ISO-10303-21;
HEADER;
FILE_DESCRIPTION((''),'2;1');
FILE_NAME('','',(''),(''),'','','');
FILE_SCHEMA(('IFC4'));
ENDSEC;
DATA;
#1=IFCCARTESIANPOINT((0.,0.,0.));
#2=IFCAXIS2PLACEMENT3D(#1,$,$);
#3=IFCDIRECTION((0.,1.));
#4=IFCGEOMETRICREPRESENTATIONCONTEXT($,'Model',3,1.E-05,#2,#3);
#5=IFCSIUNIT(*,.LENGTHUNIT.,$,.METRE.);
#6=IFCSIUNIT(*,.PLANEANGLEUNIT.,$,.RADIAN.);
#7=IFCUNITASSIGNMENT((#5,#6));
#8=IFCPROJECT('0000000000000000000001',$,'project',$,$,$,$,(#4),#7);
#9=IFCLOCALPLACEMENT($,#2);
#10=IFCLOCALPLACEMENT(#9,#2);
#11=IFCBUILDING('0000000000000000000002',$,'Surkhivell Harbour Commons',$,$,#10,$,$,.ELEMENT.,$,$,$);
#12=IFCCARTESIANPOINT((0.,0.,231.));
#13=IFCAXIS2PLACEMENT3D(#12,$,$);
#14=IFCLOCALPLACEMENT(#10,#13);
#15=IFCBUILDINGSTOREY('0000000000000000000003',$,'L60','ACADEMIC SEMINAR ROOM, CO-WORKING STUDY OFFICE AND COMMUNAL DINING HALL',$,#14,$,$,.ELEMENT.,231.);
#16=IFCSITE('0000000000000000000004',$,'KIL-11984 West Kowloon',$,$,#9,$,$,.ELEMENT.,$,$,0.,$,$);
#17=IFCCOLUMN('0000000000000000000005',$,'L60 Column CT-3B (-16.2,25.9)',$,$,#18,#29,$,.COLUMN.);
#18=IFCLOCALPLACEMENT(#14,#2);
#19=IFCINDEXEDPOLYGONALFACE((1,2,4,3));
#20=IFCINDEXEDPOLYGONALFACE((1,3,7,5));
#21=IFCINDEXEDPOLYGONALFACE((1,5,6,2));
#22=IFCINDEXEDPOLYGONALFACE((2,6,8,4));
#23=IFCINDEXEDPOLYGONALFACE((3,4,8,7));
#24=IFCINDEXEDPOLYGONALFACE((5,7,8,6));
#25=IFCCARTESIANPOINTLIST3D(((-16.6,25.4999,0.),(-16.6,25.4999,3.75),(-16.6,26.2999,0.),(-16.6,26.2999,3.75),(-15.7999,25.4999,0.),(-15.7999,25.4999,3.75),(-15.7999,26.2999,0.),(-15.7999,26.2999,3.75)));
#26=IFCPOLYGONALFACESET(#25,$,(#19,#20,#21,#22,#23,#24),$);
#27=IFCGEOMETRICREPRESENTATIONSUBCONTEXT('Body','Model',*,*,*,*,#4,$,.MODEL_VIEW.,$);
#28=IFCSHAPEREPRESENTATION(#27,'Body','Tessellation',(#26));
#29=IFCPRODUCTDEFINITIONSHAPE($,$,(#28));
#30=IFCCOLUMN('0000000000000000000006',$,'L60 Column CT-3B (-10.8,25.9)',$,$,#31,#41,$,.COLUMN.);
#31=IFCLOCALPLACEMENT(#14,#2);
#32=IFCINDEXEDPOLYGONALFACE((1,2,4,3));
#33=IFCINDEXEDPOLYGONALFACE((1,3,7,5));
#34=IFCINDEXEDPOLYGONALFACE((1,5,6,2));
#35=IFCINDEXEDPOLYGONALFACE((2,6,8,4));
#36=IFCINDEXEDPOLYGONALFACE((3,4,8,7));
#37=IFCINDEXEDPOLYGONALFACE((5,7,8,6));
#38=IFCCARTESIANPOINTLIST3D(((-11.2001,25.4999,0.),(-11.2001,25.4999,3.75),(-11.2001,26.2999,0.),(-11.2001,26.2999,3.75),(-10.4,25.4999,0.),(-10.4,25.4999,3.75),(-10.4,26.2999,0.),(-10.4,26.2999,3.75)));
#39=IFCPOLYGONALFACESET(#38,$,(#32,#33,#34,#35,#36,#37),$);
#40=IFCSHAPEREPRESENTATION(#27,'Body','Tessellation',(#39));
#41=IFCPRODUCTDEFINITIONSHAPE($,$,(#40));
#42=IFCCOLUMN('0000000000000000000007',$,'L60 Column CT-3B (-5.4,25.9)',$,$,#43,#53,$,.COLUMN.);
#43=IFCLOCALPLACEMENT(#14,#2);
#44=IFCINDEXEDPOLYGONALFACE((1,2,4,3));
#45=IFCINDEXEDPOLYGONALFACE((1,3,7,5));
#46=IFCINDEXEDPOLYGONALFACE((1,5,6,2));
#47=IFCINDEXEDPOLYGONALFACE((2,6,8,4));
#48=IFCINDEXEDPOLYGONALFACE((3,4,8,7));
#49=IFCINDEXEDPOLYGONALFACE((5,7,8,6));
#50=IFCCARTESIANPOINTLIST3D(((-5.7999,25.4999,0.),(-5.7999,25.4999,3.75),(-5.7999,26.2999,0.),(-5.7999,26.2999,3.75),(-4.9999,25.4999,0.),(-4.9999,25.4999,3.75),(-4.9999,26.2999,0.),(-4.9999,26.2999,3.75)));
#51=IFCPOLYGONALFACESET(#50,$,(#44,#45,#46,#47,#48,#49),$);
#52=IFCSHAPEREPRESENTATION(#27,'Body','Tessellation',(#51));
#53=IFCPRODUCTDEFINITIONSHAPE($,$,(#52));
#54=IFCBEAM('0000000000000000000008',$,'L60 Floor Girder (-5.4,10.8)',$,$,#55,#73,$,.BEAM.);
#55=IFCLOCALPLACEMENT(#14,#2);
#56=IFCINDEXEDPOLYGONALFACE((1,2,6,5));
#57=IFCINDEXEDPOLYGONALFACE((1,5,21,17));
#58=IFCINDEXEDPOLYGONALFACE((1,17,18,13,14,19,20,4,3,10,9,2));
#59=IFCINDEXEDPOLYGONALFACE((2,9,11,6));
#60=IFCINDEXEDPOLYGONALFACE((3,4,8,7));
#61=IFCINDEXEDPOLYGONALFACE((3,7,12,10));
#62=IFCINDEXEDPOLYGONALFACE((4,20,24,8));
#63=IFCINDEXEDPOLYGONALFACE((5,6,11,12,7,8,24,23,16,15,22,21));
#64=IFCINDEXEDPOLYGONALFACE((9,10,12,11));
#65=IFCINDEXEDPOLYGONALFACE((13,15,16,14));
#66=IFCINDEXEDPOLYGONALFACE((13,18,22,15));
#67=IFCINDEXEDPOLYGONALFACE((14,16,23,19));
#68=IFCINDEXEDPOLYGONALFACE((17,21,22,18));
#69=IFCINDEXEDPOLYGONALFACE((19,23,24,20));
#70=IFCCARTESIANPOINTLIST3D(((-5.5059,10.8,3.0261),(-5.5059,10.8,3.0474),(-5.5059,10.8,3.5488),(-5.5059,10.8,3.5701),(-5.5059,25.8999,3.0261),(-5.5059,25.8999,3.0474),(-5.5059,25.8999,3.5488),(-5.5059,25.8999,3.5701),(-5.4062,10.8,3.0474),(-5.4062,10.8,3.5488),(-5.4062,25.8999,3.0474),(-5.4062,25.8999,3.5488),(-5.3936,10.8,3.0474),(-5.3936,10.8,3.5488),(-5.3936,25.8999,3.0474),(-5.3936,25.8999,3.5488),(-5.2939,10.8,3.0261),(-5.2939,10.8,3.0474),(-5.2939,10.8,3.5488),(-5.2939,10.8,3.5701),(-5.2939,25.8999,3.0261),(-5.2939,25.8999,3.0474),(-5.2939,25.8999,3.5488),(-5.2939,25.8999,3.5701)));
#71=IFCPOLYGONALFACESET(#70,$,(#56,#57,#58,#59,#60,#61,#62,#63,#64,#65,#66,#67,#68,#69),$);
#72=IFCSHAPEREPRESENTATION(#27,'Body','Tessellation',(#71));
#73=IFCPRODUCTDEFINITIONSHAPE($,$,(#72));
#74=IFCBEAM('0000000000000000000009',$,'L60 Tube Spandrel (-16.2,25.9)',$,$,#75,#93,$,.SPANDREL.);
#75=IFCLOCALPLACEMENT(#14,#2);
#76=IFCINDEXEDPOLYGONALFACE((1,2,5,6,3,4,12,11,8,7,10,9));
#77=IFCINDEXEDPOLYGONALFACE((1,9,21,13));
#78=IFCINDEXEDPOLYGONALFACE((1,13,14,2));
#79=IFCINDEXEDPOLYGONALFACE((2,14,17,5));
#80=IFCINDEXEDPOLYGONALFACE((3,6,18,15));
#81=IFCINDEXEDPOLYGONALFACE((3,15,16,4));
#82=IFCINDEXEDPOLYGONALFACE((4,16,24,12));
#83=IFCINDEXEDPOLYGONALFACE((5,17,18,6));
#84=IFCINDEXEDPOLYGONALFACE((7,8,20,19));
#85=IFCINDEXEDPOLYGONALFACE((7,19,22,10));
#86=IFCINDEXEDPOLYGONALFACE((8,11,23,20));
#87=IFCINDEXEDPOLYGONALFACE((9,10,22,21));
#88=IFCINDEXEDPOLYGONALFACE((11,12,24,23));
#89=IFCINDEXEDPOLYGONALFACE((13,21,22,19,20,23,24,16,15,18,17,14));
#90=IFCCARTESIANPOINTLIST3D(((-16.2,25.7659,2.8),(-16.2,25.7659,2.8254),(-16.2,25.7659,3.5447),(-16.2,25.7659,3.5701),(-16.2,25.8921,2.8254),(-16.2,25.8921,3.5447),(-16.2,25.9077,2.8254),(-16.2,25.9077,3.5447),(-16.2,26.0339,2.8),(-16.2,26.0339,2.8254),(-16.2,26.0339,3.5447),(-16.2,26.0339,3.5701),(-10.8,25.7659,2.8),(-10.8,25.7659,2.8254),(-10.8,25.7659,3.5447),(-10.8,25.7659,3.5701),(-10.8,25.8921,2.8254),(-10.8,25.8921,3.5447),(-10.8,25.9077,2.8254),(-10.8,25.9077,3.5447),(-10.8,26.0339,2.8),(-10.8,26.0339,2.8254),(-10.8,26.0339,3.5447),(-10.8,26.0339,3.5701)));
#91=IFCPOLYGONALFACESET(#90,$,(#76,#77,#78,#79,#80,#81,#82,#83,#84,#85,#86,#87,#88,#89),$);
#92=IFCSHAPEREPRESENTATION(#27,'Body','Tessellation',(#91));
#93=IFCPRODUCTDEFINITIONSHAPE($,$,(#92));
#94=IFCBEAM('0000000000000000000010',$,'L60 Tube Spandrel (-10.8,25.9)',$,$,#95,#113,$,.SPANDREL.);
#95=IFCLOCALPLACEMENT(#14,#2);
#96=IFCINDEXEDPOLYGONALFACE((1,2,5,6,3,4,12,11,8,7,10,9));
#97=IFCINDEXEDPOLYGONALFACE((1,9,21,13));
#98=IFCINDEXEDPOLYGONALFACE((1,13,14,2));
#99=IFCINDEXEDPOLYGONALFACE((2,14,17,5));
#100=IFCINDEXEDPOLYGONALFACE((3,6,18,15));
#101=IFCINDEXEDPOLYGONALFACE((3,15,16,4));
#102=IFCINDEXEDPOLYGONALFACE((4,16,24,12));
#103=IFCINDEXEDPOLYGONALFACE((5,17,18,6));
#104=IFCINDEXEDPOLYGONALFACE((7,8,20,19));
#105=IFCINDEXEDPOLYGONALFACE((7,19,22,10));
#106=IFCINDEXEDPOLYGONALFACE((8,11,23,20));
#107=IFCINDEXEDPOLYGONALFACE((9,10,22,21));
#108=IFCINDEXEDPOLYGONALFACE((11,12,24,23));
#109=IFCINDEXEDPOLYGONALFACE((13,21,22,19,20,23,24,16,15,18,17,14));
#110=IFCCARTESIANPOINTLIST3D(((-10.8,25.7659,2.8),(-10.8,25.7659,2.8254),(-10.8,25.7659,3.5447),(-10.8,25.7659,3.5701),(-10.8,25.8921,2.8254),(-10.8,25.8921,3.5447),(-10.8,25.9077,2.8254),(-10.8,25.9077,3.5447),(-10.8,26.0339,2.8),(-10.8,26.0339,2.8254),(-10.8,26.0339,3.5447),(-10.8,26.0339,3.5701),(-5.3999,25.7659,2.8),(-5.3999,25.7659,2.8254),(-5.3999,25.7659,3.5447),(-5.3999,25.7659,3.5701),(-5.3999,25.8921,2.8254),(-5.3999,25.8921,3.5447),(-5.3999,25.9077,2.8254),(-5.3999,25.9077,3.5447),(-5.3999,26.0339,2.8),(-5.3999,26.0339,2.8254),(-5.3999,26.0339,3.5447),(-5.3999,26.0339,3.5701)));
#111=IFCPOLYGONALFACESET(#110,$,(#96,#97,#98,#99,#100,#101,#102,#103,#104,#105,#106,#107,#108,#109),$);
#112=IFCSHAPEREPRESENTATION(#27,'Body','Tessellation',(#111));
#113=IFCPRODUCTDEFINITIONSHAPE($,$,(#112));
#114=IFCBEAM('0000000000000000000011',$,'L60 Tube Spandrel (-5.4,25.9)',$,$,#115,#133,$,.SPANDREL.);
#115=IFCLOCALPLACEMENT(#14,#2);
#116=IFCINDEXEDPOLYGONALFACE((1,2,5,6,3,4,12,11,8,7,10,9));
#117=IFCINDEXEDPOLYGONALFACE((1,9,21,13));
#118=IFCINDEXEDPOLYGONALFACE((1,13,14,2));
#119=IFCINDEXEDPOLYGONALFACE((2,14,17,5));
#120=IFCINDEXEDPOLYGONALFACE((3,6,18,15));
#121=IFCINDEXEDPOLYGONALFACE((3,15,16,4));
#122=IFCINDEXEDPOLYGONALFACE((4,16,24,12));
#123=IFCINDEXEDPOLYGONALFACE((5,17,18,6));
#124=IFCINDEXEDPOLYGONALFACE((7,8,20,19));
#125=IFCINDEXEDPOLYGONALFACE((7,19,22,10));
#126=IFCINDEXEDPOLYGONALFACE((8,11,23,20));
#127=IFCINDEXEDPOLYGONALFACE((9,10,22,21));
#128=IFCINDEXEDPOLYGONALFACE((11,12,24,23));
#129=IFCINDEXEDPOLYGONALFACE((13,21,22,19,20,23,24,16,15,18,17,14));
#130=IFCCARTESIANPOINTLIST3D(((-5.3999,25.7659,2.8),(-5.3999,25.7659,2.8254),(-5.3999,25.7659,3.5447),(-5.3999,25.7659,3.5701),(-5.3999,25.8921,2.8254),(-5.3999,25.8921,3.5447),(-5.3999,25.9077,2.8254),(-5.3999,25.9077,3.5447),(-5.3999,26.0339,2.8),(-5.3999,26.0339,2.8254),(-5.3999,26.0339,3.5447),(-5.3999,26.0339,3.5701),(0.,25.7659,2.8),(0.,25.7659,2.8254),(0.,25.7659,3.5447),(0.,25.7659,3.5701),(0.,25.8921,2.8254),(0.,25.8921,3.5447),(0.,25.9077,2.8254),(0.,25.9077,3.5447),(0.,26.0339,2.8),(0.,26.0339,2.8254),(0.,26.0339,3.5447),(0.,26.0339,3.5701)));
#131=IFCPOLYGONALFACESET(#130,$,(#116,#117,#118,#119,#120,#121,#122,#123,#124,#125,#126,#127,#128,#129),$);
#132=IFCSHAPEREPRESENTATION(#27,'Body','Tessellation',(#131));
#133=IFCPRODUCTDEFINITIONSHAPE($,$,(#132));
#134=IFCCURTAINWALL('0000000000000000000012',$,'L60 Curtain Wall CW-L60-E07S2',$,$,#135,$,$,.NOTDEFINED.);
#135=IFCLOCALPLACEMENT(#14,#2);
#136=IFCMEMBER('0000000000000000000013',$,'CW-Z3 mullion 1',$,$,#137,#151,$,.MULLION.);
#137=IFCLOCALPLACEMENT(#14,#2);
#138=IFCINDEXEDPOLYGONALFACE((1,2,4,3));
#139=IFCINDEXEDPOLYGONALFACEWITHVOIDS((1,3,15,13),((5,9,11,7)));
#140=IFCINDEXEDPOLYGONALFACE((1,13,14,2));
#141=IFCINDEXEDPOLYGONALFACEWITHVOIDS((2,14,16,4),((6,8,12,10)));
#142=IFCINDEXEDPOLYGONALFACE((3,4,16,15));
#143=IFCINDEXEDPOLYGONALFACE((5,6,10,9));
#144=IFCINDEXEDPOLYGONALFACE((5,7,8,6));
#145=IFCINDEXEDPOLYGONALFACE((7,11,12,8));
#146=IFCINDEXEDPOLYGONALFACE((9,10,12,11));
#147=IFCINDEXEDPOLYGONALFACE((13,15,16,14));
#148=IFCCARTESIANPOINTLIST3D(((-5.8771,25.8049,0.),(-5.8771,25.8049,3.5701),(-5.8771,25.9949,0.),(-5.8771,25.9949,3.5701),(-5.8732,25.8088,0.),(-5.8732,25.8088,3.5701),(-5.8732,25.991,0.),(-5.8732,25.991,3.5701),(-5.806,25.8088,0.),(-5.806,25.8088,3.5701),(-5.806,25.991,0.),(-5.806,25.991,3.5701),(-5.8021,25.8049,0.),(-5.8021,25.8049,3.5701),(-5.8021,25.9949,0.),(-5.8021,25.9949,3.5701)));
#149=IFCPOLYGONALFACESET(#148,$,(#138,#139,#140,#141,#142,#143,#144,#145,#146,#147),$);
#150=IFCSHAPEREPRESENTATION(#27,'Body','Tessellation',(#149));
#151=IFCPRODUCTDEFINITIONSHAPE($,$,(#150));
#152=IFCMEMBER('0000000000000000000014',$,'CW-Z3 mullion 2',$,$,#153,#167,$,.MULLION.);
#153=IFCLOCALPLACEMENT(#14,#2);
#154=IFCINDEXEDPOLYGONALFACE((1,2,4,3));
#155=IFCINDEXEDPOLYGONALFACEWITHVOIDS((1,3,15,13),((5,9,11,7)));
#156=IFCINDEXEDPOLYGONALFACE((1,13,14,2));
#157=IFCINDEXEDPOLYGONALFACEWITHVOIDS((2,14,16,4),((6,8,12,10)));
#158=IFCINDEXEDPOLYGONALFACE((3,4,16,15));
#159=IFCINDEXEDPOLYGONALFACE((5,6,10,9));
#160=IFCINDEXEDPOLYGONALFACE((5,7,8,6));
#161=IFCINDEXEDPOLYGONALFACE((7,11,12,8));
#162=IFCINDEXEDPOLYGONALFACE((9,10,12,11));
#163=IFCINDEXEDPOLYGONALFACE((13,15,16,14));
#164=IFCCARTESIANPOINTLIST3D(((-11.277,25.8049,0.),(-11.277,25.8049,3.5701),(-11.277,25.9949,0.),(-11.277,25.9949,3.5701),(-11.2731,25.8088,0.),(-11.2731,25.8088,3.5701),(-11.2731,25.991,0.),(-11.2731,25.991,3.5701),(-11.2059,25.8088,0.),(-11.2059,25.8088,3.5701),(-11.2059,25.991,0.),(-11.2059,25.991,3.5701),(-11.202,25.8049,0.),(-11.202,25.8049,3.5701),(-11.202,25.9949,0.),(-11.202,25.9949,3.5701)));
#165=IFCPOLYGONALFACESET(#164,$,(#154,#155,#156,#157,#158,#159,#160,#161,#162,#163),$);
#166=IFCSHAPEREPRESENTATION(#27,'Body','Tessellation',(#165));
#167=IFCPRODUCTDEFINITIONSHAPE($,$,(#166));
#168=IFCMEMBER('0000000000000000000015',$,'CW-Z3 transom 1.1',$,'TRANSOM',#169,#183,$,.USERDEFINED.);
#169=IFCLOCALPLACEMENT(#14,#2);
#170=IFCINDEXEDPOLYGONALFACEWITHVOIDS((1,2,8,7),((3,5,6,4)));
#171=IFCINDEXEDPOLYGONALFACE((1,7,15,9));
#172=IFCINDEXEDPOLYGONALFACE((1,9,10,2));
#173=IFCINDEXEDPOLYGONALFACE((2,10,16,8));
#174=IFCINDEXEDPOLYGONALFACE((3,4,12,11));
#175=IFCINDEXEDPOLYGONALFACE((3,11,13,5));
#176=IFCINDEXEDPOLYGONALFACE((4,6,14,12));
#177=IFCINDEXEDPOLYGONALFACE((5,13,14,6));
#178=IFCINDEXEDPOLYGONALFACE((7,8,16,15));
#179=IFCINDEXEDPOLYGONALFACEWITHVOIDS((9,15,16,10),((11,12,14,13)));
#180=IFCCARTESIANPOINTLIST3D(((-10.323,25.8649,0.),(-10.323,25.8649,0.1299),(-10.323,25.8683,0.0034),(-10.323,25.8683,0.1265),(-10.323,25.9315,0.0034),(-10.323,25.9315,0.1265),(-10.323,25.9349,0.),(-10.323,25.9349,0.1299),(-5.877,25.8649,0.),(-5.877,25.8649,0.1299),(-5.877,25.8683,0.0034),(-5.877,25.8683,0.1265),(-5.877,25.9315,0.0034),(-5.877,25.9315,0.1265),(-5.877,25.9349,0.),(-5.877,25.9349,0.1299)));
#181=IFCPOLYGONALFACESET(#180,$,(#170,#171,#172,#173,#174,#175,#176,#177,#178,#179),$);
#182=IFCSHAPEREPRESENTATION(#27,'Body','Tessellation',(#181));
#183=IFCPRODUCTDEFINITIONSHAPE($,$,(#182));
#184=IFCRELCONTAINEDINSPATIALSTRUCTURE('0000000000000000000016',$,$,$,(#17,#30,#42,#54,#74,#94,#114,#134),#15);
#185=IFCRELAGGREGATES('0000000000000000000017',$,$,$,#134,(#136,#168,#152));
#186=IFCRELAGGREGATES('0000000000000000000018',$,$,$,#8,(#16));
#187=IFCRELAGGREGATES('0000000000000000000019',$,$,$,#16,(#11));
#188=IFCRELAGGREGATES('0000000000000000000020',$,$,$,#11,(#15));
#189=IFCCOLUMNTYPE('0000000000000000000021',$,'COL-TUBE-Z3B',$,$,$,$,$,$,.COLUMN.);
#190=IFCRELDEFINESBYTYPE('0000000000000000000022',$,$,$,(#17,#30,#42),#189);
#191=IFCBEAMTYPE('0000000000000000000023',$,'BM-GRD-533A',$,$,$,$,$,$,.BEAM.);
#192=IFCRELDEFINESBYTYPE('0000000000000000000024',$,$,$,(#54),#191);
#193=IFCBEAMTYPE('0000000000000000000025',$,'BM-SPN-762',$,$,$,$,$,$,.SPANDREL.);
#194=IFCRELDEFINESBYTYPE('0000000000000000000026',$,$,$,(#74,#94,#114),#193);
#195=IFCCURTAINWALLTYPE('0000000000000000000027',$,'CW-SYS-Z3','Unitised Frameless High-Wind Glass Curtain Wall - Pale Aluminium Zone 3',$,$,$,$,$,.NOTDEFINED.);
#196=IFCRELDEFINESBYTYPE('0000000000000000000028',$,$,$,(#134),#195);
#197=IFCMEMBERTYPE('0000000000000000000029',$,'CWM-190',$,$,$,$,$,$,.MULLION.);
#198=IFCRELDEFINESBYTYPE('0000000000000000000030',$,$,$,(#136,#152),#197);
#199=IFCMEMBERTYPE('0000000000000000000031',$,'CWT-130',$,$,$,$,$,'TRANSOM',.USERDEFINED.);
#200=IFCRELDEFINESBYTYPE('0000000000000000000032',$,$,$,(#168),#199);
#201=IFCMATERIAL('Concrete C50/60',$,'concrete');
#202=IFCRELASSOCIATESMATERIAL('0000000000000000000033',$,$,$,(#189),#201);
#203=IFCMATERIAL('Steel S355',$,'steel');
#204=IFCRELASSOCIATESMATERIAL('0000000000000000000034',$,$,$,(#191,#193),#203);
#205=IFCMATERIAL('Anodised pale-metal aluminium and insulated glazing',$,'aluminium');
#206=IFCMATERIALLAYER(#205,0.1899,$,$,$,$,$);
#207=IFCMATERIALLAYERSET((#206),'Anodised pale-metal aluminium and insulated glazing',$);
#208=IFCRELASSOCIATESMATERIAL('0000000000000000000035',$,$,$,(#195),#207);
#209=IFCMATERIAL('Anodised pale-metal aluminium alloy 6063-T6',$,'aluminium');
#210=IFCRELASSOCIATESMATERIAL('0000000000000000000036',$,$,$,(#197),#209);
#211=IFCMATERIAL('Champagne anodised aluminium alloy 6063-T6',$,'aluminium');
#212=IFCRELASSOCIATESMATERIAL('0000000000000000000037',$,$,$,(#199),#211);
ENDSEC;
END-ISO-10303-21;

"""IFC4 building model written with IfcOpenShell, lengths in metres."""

from ifc_helpers import new_model, si_unit, direction, frame, origin, origin_2d, place, context, subcontext, project, spatial, rectangle, hollow_rectangle, i_section, extrude, material, layer, layer_set, material_profile, profile_set, type_object, element, aggregate, save


model = new_model("IFC4")

# Units and contexts
model_context = context("Model", 3, precision=1e-05, world=origin(), true_north=direction((0.0, 1.0)))
body_context = subcontext(model_context, "Body", "Model", "MODEL_VIEW")
ifc_project = project(units=[si_unit("LENGTHUNIT", "METRE"), si_unit("PLANEANGLEUNIT", "RADIAN")], contexts=[model_context])

# Site, building, storey
site_placement = place(None, origin())
site = spatial("IfcSite", under=ifc_project, at=site_placement, Name="KIL-11984 West Kowloon", CompositionType="ELEMENT", RefElevation=0.0)
building_placement = place(site_placement, origin())
building = spatial("IfcBuilding", under=site, at=building_placement, Name="Surkhivell Harbour Commons", CompositionType="ELEMENT")
storey_placement = place(building_placement, frame((0.0, 0.0, 231.0)))
storey = spatial("IfcBuildingStorey", under=building, at=storey_placement, Name="L60", Description="ACADEMIC SEMINAR ROOM, CO-WORKING STUDY OFFICE AND COMMUNAL DINING HALL", CompositionType="ELEMENT", Elevation=231.0)

# Columns
ifc_material_1 = material(Name="Concrete C50/60", Category="concrete")
ifc_material_profile_1 = material_profile(ifc_material_1, rectangle(XDim=0.8, YDim=0.8, at=origin_2d()), Name="RC-COL-800x800")
ifc_profile_set_1 = profile_set([ifc_material_profile_1], Name="Concrete C50/60")
column_type = type_object("IfcColumnType", Name="COL-TUBE-Z3B", PredefinedType="COLUMN", material=ifc_profile_set_1)
for number, where, z_axis, x_axis, name in (
    (1, (-16.2, 25.8999, 0.0), (0.0, 0.0, 1.0), (1.0, 0.0, 0.0), "L60 Column CT-3B (-16.2,25.9)"),
    (2, (-10.8, 25.8999, 0.0), (0.0, 0.0, 1.0), (1.0, 0.0, 0.0), "L60 Column CT-3B (-10.8,25.9)"),
    (3, (-5.3999, 25.8999, 0.0), (0.0, 0.0, 1.0), (1.0, 0.0, 0.0), "L60 Column CT-3B (-5.4,25.9)"),
):
    element("IfcColumn", number, at=place(storey_placement, frame(where, z_axis=z_axis, x_axis=x_axis)), inside=storey, type_object=column_type, Name=name, PredefinedType="COLUMN", context=body_context, shape_type="SweptSolid", body=[
        extrude(rectangle(XDim=0.8, YDim=0.8, at=origin_2d()), origin(), (0.0, 0.0, 1.0), 3.75),
    ])

# Beams
ifc_material_2 = material(Name="Steel S355", Category="steel")
ifc_material_profile_2 = material_profile(ifc_material_2, i_section(OverallWidth=0.2119, OverallDepth=0.5439, WebThickness=0.0127, FlangeThickness=0.0212, at=origin_2d()), Name="UB533x210x122")
ifc_profile_set_2 = profile_set([ifc_material_profile_2], Name="Steel S355")
beam_type_1 = type_object("IfcBeamType", Name="BM-GRD-533A", PredefinedType="BEAM", material=ifc_profile_set_2)
beam_1_placement = place(storey_placement, frame((-5.3999, 10.8, 3.2981), z_axis=(0.0, 1.0, 0.0), x_axis=(-1.0, 0.0, 0.0)))
element("IfcBeam", 4, at=beam_1_placement, inside=storey, type_object=beam_type_1, Name="L60 Floor Girder (-5.4,10.8)", PredefinedType="BEAM", context=body_context, shape_type="SweptSolid", body=[
    extrude(i_section(OverallWidth=0.2119, OverallDepth=0.5439, WebThickness=0.0127, FlangeThickness=0.0212, at=origin_2d()), origin(), (0.0, 0.0, 1.0), 15.0999),
])
ifc_material_profile_3 = material_profile(ifc_material_2, i_section(OverallWidth=0.2681, OverallDepth=0.77, WebThickness=0.0156, FlangeThickness=0.0254, at=origin_2d()), Name="UB762x267x197")
ifc_profile_set_3 = profile_set([ifc_material_profile_3], Name="Steel S355")
beam_type_2 = type_object("IfcBeamType", Name="BM-SPN-762", PredefinedType="SPANDREL", material=ifc_profile_set_3)
beam_2_placement = place(storey_placement, frame((-16.2, 25.8999, 3.1851), z_axis=(1.0, 0.0, 0.0), x_axis=(0.0, 1.0, 0.0)))
element("IfcBeam", 5, at=beam_2_placement, inside=storey, type_object=beam_type_2, Name="L60 Tube Spandrel (-16.2,25.9)", PredefinedType="SPANDREL", context=body_context, shape_type="SweptSolid", body=[
    extrude(i_section(OverallWidth=0.2681, OverallDepth=0.77, WebThickness=0.0156, FlangeThickness=0.0254, at=origin_2d()), origin(), (0.0, 0.0, 1.0), 5.3999),
])
beam_3_placement = place(storey_placement, frame((-10.8, 25.8999, 3.1851), z_axis=(1.0, 0.0, 0.0), x_axis=(0.0, 1.0, 0.0)))
element("IfcBeam", 6, at=beam_3_placement, inside=storey, type_object=beam_type_2, Name="L60 Tube Spandrel (-10.8,25.9)", PredefinedType="SPANDREL", context=body_context, shape_type="SweptSolid", body=[
    extrude(i_section(OverallWidth=0.2681, OverallDepth=0.77, WebThickness=0.0156, FlangeThickness=0.0254, at=origin_2d()), origin(), (0.0, 0.0, 1.0), 5.4001),
])
beam_4_placement = place(storey_placement, frame((-5.3999, 25.8999, 3.1851), z_axis=(1.0, 0.0, 0.0), x_axis=(0.0, 1.0, 0.0)))
element("IfcBeam", 7, at=beam_4_placement, inside=storey, type_object=beam_type_2, Name="L60 Tube Spandrel (-5.4,25.9)", PredefinedType="SPANDREL", context=body_context, shape_type="SweptSolid", body=[
    extrude(i_section(OverallWidth=0.2681, OverallDepth=0.77, WebThickness=0.0156, FlangeThickness=0.0254, at=origin_2d()), origin(), (0.0, 0.0, 1.0), 5.3999),
])

# Curtain wall, members
ifc_material_3 = material(Name="Anodised pale-metal aluminium and insulated glazing", Category="aluminium")
ifc_layer_1 = layer(ifc_material_3, 0.1899)
ifc_layer_set_1 = layer_set([ifc_layer_1], Name="Anodised pale-metal aluminium and insulated glazing")
curtain_wall_type = type_object("IfcCurtainWallType", Name="CW-SYS-Z3", Description="Unitised Frameless High-Wind Glass Curtain Wall - Pale Aluminium Zone 3", PredefinedType="NOTDEFINED", material=ifc_layer_set_1)
curtain_wall_placement = place(storey_placement, origin())
curtain_wall = element("IfcCurtainWall", 8, at=curtain_wall_placement, inside=storey, type_object=curtain_wall_type, Name="L60 Curtain Wall CW-L60-E07S2", PredefinedType="NOTDEFINED")
ifc_material_4 = material(Name="Anodised pale-metal aluminium alloy 6063-T6", Category="aluminium")
ifc_material_profile_4 = material_profile(ifc_material_4, hollow_rectangle(XDim=0.075, YDim=0.1899, WallThickness=0.0039, at=origin_2d()), Name="ALU-MULL-75x190")
ifc_profile_set_4 = profile_set([ifc_material_profile_4], Name="Anodised pale-metal aluminium alloy 6063-T6")
member_type_1 = type_object("IfcMemberType", Name="CWM-190", PredefinedType="MULLION", material=ifc_profile_set_4)
member_1_placement = place(storey_placement, frame((-5.8396, 25.8999, 0.0), z_axis=(0.0, 0.0, 1.0), x_axis=(-1.0, 0.0, 0.0)))
member_1 = element("IfcMember", 9, at=member_1_placement, type_object=member_type_1, Name="CW-Z3 mullion 1", PredefinedType="MULLION", context=body_context, shape_type="SweptSolid", body=[
    extrude(hollow_rectangle(XDim=0.075, YDim=0.1899, WallThickness=0.0039, at=origin_2d()), origin(), (0.0, 0.0, 1.0), 3.5701),
])
member_2_placement = place(storey_placement, frame((-11.2395, 25.8999, 0.0), z_axis=(0.0, 0.0, 1.0), x_axis=(-1.0, 0.0, 0.0)))
member_2 = element("IfcMember", 10, at=member_2_placement, type_object=member_type_1, Name="CW-Z3 mullion 2", PredefinedType="MULLION", context=body_context, shape_type="SweptSolid", body=[
    extrude(hollow_rectangle(XDim=0.075, YDim=0.1899, WallThickness=0.0039, at=origin_2d()), origin(), (0.0, 0.0, 1.0), 3.5701),
])
ifc_material_5 = material(Name="Champagne anodised aluminium alloy 6063-T6", Category="aluminium")
ifc_material_profile_5 = material_profile(ifc_material_5, hollow_rectangle(XDim=0.0701, YDim=0.1299, WallThickness=0.0034, at=origin_2d()), Name="ALU-TRAN-70x130")
ifc_profile_set_5 = profile_set([ifc_material_profile_5], Name="Champagne anodised aluminium alloy 6063-T6")
member_type_2 = type_object("IfcMemberType", Name="CWT-130", ElementType="TRANSOM", PredefinedType="USERDEFINED", material=ifc_profile_set_5)
member_3_placement = place(storey_placement, frame((-5.877, 25.8999, 0.0649), z_axis=(-1.0, 0.0, 0.0), x_axis=(0.0, -1.0, 0.0)))
member_3 = element("IfcMember", 11, at=member_3_placement, type_object=member_type_2, Name="CW-Z3 transom 1.1", ObjectType="TRANSOM", PredefinedType="USERDEFINED", context=body_context, shape_type="SweptSolid", body=[
    extrude(hollow_rectangle(XDim=0.0701, YDim=0.1299, WallThickness=0.0034, at=origin_2d()), origin(), (0.0, 0.0, 1.0), 4.446),
])

aggregate(curtain_wall, [member_1, member_3, member_2])

save(model, "model.ifc")
